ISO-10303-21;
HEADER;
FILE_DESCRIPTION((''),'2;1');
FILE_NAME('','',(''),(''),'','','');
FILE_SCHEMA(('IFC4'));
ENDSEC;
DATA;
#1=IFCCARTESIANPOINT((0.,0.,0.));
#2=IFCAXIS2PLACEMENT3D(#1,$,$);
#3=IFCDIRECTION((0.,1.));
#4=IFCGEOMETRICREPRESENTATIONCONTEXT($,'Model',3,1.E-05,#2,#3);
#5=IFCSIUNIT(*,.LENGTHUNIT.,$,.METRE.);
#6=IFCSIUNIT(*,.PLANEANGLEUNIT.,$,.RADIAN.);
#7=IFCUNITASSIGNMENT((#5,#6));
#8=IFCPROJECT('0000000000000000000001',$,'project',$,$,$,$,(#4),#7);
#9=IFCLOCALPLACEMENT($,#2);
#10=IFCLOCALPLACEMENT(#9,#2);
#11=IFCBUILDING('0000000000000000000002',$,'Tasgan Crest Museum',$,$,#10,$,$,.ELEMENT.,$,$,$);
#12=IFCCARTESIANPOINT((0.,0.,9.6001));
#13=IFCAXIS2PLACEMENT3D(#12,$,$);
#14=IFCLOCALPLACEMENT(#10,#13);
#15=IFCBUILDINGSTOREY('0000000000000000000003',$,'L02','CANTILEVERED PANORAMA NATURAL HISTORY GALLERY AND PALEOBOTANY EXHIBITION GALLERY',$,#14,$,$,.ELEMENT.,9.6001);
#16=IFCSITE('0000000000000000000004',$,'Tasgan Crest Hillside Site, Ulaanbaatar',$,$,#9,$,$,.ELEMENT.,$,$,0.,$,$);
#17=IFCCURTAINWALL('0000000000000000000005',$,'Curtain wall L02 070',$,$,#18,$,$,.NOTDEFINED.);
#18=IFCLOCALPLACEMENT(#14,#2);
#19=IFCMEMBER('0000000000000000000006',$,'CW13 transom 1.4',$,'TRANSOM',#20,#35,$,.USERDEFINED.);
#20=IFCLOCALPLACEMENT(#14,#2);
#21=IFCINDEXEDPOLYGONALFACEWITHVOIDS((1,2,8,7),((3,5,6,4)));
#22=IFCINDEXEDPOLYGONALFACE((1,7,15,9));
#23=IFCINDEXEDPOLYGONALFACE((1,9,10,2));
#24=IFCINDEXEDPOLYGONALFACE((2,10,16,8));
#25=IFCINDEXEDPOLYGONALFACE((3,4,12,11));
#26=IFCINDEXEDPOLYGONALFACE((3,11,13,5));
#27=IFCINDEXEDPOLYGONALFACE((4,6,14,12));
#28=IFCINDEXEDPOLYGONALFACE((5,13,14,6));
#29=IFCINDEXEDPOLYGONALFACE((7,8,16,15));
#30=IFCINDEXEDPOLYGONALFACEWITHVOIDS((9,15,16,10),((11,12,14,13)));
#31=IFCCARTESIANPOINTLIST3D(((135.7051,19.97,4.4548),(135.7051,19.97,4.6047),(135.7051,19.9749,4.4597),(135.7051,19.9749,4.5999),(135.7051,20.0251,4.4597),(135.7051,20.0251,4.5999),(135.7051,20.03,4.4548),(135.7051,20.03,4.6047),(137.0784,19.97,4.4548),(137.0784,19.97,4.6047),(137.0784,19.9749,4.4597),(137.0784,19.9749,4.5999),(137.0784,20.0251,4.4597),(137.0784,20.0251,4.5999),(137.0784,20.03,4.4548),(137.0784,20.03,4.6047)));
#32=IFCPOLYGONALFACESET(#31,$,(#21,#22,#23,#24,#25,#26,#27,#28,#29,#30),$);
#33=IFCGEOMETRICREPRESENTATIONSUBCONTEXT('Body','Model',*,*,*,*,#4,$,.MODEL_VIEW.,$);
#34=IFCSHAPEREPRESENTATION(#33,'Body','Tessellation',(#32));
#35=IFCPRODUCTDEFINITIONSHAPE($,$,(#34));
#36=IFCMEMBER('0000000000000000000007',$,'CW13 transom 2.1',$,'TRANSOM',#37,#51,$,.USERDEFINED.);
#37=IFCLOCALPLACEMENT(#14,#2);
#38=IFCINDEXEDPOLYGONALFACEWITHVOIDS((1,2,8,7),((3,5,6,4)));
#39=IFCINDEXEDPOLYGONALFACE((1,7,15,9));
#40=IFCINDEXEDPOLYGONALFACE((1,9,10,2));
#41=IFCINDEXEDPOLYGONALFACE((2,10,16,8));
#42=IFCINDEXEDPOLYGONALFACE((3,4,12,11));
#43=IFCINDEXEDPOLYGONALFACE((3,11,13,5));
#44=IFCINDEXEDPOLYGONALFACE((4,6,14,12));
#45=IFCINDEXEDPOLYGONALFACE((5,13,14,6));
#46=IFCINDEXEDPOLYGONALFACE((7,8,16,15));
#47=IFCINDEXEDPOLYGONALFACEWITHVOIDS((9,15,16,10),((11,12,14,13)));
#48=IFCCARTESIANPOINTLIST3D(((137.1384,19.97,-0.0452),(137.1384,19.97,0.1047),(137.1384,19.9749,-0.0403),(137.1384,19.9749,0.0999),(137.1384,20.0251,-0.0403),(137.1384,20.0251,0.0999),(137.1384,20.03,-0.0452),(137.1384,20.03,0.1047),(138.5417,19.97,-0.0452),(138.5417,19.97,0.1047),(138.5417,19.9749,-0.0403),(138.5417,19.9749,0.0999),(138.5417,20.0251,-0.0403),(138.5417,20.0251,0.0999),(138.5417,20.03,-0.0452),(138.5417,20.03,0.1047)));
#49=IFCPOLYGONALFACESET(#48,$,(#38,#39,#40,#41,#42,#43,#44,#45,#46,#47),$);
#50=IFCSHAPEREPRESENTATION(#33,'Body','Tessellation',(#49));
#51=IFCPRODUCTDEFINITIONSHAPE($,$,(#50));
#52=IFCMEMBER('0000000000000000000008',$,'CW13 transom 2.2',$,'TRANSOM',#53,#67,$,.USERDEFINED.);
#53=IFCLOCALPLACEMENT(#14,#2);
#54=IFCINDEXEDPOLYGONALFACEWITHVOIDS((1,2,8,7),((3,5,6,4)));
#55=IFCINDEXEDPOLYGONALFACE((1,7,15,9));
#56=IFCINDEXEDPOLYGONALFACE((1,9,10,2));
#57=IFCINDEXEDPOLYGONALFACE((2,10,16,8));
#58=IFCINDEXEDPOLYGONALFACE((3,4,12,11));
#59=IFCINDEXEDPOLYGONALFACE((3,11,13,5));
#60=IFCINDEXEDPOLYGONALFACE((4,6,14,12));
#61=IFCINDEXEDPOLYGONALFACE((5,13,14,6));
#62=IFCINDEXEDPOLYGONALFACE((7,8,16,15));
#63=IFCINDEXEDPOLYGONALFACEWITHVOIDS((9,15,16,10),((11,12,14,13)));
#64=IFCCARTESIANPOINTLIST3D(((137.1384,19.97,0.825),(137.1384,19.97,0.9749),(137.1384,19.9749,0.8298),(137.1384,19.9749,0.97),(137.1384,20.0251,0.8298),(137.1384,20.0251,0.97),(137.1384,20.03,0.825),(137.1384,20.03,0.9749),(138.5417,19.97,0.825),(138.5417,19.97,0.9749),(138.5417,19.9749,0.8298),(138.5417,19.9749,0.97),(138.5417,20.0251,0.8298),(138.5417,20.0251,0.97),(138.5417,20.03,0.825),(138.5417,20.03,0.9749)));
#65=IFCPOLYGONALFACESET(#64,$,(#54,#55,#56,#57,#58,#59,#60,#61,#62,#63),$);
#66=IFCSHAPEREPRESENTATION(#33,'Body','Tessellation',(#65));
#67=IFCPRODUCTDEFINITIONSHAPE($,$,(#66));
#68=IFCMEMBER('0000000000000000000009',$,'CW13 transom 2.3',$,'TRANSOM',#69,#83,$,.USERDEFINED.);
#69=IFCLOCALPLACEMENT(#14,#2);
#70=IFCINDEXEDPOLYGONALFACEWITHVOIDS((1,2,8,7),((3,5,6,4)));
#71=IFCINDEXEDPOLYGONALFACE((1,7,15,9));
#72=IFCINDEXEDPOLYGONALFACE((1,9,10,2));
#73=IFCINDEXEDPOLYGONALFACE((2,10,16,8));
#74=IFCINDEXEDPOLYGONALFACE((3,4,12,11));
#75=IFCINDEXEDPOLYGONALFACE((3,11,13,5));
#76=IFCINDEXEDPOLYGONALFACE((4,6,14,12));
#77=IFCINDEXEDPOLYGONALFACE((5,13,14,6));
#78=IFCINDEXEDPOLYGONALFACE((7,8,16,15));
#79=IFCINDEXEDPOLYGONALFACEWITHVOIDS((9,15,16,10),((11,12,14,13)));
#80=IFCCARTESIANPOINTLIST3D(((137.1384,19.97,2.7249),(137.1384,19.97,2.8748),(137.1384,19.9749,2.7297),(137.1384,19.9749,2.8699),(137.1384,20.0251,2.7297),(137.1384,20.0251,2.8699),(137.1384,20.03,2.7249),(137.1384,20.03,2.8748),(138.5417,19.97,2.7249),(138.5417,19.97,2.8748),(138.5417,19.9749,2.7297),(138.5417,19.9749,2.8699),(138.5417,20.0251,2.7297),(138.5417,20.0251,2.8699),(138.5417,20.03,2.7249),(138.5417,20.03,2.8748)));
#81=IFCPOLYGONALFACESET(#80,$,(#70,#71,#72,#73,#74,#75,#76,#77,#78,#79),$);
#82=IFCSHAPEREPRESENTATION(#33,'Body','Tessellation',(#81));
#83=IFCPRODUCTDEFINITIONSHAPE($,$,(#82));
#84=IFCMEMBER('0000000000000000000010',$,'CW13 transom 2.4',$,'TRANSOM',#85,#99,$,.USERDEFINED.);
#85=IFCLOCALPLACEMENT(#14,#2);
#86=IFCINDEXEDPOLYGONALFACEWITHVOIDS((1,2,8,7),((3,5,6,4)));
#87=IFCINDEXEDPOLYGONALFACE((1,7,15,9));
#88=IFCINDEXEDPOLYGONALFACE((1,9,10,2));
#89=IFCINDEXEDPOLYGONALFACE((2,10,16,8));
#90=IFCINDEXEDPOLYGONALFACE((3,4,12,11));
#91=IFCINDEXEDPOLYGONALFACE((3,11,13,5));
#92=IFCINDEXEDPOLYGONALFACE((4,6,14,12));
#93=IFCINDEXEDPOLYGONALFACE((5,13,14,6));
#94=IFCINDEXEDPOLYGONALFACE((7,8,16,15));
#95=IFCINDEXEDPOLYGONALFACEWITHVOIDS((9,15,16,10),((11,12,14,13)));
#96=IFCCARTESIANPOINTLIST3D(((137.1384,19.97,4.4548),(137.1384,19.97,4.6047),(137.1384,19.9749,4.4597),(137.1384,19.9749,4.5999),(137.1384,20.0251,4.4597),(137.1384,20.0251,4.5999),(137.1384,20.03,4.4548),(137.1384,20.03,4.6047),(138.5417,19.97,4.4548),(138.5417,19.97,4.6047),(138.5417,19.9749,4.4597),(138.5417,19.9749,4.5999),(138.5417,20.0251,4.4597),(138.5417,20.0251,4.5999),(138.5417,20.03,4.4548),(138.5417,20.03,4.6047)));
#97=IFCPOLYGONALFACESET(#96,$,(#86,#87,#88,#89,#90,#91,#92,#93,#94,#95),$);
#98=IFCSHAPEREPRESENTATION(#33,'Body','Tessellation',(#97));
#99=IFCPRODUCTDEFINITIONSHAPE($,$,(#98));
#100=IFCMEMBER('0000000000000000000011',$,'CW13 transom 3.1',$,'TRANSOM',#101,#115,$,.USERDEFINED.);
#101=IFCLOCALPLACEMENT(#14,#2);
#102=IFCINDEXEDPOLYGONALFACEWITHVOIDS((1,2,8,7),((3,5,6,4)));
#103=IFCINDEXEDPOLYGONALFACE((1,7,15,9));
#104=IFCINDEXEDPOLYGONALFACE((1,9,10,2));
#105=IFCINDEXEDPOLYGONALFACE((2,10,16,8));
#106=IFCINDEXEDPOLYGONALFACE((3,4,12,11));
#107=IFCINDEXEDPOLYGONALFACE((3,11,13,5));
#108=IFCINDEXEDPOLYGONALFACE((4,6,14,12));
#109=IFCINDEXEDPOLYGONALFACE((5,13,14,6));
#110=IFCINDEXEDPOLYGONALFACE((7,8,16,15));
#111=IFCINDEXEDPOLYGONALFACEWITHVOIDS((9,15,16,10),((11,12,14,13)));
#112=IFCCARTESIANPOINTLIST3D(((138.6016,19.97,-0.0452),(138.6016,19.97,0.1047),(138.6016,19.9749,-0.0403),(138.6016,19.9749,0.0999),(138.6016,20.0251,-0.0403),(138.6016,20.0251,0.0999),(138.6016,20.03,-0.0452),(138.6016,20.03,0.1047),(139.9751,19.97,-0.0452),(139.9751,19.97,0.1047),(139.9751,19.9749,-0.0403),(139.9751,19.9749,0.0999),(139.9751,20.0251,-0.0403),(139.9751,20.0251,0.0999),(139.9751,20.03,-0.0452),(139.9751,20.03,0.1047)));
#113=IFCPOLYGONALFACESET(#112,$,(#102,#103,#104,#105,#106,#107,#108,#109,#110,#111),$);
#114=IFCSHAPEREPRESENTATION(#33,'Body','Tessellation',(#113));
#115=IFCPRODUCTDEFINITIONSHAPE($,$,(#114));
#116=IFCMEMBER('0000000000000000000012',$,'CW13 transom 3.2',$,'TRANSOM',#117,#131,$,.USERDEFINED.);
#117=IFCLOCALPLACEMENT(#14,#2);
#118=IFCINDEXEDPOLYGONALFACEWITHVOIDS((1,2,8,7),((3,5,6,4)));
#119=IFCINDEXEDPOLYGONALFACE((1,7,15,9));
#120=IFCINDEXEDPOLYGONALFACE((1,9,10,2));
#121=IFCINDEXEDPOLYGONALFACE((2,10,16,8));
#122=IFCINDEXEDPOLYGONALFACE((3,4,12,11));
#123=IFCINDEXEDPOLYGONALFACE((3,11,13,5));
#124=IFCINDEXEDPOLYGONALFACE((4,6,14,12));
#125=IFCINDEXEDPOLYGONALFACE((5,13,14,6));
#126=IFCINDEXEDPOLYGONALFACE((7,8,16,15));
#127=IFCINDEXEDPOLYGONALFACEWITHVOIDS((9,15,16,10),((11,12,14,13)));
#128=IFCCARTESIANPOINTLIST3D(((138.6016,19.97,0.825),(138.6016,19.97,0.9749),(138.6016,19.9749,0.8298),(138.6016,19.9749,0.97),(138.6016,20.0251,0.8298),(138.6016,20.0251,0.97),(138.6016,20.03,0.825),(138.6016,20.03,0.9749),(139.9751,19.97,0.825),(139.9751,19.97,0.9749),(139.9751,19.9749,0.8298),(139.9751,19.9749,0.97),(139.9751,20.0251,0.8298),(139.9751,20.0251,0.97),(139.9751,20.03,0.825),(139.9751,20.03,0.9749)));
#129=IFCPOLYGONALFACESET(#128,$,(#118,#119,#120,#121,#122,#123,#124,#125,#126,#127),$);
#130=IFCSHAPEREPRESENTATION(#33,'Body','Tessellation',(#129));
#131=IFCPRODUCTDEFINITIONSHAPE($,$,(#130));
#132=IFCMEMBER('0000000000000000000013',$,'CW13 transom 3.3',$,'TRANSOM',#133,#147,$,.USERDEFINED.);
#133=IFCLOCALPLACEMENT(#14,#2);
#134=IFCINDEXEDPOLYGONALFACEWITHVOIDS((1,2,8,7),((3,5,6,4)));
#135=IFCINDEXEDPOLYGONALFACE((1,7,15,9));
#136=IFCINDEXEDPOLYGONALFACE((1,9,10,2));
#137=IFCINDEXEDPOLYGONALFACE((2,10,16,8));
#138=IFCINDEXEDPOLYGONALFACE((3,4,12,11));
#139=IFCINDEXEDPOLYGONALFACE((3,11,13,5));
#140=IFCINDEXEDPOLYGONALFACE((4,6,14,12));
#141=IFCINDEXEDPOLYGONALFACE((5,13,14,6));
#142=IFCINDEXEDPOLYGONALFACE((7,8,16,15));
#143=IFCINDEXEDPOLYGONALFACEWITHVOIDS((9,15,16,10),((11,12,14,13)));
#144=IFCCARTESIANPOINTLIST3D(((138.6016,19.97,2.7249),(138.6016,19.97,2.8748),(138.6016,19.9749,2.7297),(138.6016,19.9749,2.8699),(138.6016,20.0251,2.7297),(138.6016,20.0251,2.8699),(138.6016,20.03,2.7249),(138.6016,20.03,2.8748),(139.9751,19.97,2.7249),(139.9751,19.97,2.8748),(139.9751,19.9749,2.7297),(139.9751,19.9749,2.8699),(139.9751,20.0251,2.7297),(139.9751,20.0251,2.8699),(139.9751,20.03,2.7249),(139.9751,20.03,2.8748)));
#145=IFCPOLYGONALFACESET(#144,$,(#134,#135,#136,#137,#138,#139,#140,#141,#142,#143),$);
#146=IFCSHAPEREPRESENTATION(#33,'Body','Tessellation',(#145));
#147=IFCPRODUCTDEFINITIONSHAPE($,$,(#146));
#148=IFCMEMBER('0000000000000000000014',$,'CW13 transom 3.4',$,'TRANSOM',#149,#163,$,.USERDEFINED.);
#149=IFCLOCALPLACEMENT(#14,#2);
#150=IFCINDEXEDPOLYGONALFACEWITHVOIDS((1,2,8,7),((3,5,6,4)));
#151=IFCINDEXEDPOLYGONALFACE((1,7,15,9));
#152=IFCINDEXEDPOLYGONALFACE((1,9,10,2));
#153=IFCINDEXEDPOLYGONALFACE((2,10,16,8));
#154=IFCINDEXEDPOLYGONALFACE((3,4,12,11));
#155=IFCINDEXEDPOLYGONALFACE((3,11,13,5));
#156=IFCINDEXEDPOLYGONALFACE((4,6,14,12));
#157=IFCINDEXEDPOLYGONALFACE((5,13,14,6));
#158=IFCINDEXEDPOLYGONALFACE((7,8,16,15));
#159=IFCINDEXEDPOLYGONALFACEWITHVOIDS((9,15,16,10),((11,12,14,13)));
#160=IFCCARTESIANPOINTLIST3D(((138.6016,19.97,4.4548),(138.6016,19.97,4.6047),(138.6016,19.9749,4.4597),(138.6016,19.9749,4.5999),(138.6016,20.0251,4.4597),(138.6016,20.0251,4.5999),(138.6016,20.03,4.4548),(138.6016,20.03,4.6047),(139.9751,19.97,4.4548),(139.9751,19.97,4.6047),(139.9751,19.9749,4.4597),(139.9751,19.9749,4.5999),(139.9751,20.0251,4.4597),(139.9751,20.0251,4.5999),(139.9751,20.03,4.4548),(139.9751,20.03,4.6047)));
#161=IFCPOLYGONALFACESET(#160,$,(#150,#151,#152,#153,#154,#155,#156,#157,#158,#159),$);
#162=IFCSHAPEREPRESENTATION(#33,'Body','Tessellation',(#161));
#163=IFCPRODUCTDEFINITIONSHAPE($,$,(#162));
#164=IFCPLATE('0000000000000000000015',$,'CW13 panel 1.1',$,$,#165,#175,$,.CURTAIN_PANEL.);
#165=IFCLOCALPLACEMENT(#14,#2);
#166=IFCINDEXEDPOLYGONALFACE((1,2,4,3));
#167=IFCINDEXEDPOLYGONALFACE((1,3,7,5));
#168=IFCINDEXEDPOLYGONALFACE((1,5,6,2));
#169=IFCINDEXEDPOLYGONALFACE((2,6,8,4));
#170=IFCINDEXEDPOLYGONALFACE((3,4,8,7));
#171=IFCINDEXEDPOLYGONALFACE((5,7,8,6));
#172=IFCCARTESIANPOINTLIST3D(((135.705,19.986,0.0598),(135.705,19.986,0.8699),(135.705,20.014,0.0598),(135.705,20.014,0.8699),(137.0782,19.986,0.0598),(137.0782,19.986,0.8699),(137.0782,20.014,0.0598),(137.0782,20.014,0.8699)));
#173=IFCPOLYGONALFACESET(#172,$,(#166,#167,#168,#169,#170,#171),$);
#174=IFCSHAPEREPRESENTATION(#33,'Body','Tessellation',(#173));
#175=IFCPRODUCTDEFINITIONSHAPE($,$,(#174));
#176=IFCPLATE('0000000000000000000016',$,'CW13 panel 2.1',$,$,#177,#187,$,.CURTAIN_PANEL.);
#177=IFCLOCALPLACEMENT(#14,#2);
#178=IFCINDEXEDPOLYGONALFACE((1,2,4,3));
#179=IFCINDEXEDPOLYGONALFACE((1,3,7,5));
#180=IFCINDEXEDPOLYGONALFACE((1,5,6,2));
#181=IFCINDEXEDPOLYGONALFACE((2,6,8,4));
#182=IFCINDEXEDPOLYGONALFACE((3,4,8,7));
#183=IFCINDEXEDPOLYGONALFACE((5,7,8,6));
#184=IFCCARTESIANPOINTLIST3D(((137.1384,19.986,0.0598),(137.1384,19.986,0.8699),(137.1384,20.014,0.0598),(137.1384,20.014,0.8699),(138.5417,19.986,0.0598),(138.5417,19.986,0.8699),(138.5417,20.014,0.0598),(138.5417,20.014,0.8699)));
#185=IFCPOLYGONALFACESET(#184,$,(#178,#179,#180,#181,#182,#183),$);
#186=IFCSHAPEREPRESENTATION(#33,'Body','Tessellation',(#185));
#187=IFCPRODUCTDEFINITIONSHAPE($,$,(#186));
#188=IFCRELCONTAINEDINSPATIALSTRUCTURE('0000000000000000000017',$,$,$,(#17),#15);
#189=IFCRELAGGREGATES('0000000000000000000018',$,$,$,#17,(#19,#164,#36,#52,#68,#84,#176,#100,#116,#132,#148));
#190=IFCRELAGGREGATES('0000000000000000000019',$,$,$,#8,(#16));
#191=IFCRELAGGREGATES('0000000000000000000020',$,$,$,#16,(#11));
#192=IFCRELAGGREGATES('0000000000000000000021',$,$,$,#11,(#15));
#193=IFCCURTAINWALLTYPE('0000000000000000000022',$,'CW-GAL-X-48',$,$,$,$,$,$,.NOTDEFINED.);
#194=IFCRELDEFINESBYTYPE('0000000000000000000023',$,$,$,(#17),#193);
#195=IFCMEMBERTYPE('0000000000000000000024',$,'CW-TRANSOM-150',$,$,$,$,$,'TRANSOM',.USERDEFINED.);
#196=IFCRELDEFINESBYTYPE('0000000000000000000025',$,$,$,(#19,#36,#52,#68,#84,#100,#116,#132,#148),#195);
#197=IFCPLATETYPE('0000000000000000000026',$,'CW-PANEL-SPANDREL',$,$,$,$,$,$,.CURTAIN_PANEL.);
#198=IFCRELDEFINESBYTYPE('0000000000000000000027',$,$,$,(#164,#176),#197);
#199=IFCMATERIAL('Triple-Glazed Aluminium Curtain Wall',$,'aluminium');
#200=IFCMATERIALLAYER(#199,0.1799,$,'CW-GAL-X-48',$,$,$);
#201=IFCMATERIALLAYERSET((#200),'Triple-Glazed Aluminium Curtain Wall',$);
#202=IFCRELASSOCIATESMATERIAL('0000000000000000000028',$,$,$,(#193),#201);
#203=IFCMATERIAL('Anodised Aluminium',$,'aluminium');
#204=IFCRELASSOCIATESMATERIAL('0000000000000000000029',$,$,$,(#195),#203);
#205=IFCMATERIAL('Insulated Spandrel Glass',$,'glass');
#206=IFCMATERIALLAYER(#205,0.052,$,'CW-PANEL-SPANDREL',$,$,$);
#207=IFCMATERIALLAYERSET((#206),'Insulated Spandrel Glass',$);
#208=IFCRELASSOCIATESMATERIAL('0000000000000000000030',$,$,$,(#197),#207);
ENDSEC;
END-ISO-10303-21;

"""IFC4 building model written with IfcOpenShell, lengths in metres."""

from ifc_helpers import new_model, si_unit, direction, frame, origin, origin_2d, place, context, subcontext, project, spatial, rectangle, hollow_rectangle, extrude, material, layer, layer_set, material_profile, profile_set, type_object, element, aggregate, save


model = new_model("IFC4")

# Units and contexts
model_context = context("Model", 3, precision=1e-05, world=origin(), true_north=direction((0.0, 1.0)))
body_context = subcontext(model_context, "Body", "Model", "MODEL_VIEW")
ifc_project = project(units=[si_unit("LENGTHUNIT", "METRE"), si_unit("PLANEANGLEUNIT", "RADIAN")], contexts=[model_context])

# Site, building, storey
site_placement = place(None, origin())
site = spatial("IfcSite", under=ifc_project, at=site_placement, Name="Tasgan Crest Hillside Site, Ulaanbaatar", CompositionType="ELEMENT", RefElevation=0.0)
building_placement = place(site_placement, origin())
building = spatial("IfcBuilding", under=site, at=building_placement, Name="Tasgan Crest Museum", CompositionType="ELEMENT")
storey_placement = place(building_placement, frame((0.0, 0.0, 9.6001)))
storey = spatial("IfcBuildingStorey", under=building, at=storey_placement, Name="L02", Description="CANTILEVERED PANORAMA NATURAL HISTORY GALLERY AND PALEOBOTANY EXHIBITION GALLERY", CompositionType="ELEMENT", Elevation=9.6001)

# Shared definitions
ifc_material_1 = material(Name="Triple-Glazed Aluminium Curtain Wall", Category="aluminium")
ifc_layer_1 = layer(ifc_material_1, 0.1799, Name="CW-GAL-X-48")
ifc_layer_set_1 = layer_set([ifc_layer_1], Name="Triple-Glazed Aluminium Curtain Wall")
curtain_wall_type = type_object("IfcCurtainWallType", Name="CW-GAL-X-48", PredefinedType="NOTDEFINED", material=ifc_layer_set_1)

# Curtain wall, members, plates
curtain_wall_1_placement = place(storey_placement, origin())
curtain_wall_1 = element("IfcCurtainWall", 1, at=curtain_wall_1_placement, inside=storey, type_object=curtain_wall_type, Name="Curtain wall L02 070", PredefinedType="NOTDEFINED")
ifc_material_2 = material(Name="Anodised Aluminium", Category="aluminium")
ifc_material_profile_1 = material_profile(ifc_material_2, hollow_rectangle(XDim=0.0601, YDim=0.1499, WallThickness=0.0049, at=origin_2d()), Name="ALU TRANSOM 150x60x5")
ifc_profile_set_1 = profile_set([ifc_material_profile_1], Name="Anodised Aluminium")
member_type_1 = type_object("IfcMemberType", Name="CW-TRANSOM-150", ElementType="TRANSOM", PredefinedType="USERDEFINED", material=ifc_profile_set_1)
member_1_placement = place(storey_placement, frame((135.7051, 20.0, 4.5298), z_axis=(1.0, 0.0, 0.0), x_axis=(0.0, 1.0, 0.0)))
member_1 = element("IfcMember", 2, at=member_1_placement, type_object=member_type_1, Name="CW13 transom 1.4", ObjectType="TRANSOM", PredefinedType="USERDEFINED", context=body_context, shape_type="SweptSolid", body=[
    extrude(hollow_rectangle(XDim=0.0601, YDim=0.1499, WallThickness=0.0049, at=origin_2d()), origin(), (0.0, 0.0, 1.0), 1.3733),
])
member_2_placement = place(storey_placement, frame((137.1384, 20.0, 0.0298), z_axis=(1.0, 0.0, 0.0), x_axis=(0.0, 1.0, 0.0)))
member_2 = element("IfcMember", 3, at=member_2_placement, type_object=member_type_1, Name="CW13 transom 2.1", ObjectType="TRANSOM", PredefinedType="USERDEFINED", context=body_context, shape_type="SweptSolid", body=[
    extrude(hollow_rectangle(XDim=0.0601, YDim=0.1499, WallThickness=0.0049, at=origin_2d()), origin(), (0.0, 0.0, 1.0), 1.4033),
])
member_3_placement = place(storey_placement, frame((137.1384, 20.0, 0.8999), z_axis=(1.0, 0.0, 0.0), x_axis=(0.0, 1.0, 0.0)))
member_3 = element("IfcMember", 4, at=member_3_placement, type_object=member_type_1, Name="CW13 transom 2.2", ObjectType="TRANSOM", PredefinedType="USERDEFINED", context=body_context, shape_type="SweptSolid", body=[
    extrude(hollow_rectangle(XDim=0.0601, YDim=0.1499, WallThickness=0.0049, at=origin_2d()), origin(), (0.0, 0.0, 1.0), 1.4033),
])
member_4_placement = place(storey_placement, frame((137.1384, 20.0, 2.7998), z_axis=(1.0, 0.0, 0.0), x_axis=(0.0, 1.0, 0.0)))
member_4 = element("IfcMember", 5, at=member_4_placement, type_object=member_type_1, Name="CW13 transom 2.3", ObjectType="TRANSOM", PredefinedType="USERDEFINED", context=body_context, shape_type="SweptSolid", body=[
    extrude(hollow_rectangle(XDim=0.0601, YDim=0.1499, WallThickness=0.0049, at=origin_2d()), origin(), (0.0, 0.0, 1.0), 1.4033),
])
member_5_placement = place(storey_placement, frame((137.1384, 20.0, 4.5298), z_axis=(1.0, 0.0, 0.0), x_axis=(0.0, 1.0, 0.0)))
member_5 = element("IfcMember", 6, at=member_5_placement, type_object=member_type_1, Name="CW13 transom 2.4", ObjectType="TRANSOM", PredefinedType="USERDEFINED", context=body_context, shape_type="SweptSolid", body=[
    extrude(hollow_rectangle(XDim=0.0601, YDim=0.1499, WallThickness=0.0049, at=origin_2d()), origin(), (0.0, 0.0, 1.0), 1.4033),
])
member_6_placement = place(storey_placement, frame((138.6016, 20.0, 0.0298), z_axis=(1.0, 0.0, 0.0), x_axis=(0.0, 1.0, 0.0)))
member_6 = element("IfcMember", 7, at=member_6_placement, type_object=member_type_1, Name="CW13 transom 3.1", ObjectType="TRANSOM", PredefinedType="USERDEFINED", context=body_context, shape_type="SweptSolid", body=[
    extrude(hollow_rectangle(XDim=0.0601, YDim=0.1499, WallThickness=0.0049, at=origin_2d()), origin(), (0.0, 0.0, 1.0), 1.3735),
])
member_7_placement = place(storey_placement, frame((138.6016, 20.0, 0.8999), z_axis=(1.0, 0.0, 0.0), x_axis=(0.0, 1.0, 0.0)))
member_7 = element("IfcMember", 8, at=member_7_placement, type_object=member_type_1, Name="CW13 transom 3.2", ObjectType="TRANSOM", PredefinedType="USERDEFINED", context=body_context, shape_type="SweptSolid", body=[
    extrude(hollow_rectangle(XDim=0.0601, YDim=0.1499, WallThickness=0.0049, at=origin_2d()), origin(), (0.0, 0.0, 1.0), 1.3735),
])
member_8_placement = place(storey_placement, frame((138.6016, 20.0, 2.7998), z_axis=(1.0, 0.0, 0.0), x_axis=(0.0, 1.0, 0.0)))
member_8 = element("IfcMember", 9, at=member_8_placement, type_object=member_type_1, Name="CW13 transom 3.3", ObjectType="TRANSOM", PredefinedType="USERDEFINED", context=body_context, shape_type="SweptSolid", body=[
    extrude(hollow_rectangle(XDim=0.0601, YDim=0.1499, WallThickness=0.0049, at=origin_2d()), origin(), (0.0, 0.0, 1.0), 1.3735),
])
member_9_placement = place(storey_placement, frame((138.6016, 20.0, 4.5298), z_axis=(1.0, 0.0, 0.0), x_axis=(0.0, 1.0, 0.0)))
member_9 = element("IfcMember", 10, at=member_9_placement, type_object=member_type_1, Name="CW13 transom 3.4", ObjectType="TRANSOM", PredefinedType="USERDEFINED", context=body_context, shape_type="SweptSolid", body=[
    extrude(hollow_rectangle(XDim=0.0601, YDim=0.1499, WallThickness=0.0049, at=origin_2d()), origin(), (0.0, 0.0, 1.0), 1.3735),
])
ifc_material_3 = material(Name="Insulated Spandrel Glass", Category="glass")
ifc_layer_2 = layer(ifc_material_3, 0.052, Name="CW-PANEL-SPANDREL")
ifc_layer_set_2 = layer_set([ifc_layer_2], Name="Insulated Spandrel Glass")
plate_type_1 = type_object("IfcPlateType", Name="CW-PANEL-SPANDREL", PredefinedType="CURTAIN_PANEL", material=ifc_layer_set_2)
plate_1_placement = place(storey_placement, frame((136.3916, 20.0, 0.0598), z_axis=(0.0, 0.0, 1.0), x_axis=(1.0, 0.0, 0.0)))
plate_1 = element("IfcPlate", 11, at=plate_1_placement, type_object=plate_type_1, Name="CW13 panel 1.1", PredefinedType="CURTAIN_PANEL", context=body_context, shape_type="SweptSolid", body=[
    extrude(rectangle(XDim=1.3733, YDim=0.0281, at=origin_2d()), origin(), (0.0, 0.0, 1.0), 0.8101),
])
plate_2_placement = place(storey_placement, frame((137.8401, 20.0, 0.0598), z_axis=(0.0, 0.0, 1.0), x_axis=(1.0, 0.0, 0.0)))
plate_2 = element("IfcPlate", 12, at=plate_2_placement, type_object=plate_type_1, Name="CW13 panel 2.1", PredefinedType="CURTAIN_PANEL", context=body_context, shape_type="SweptSolid", body=[
    extrude(rectangle(XDim=1.4033, YDim=0.0281, at=origin_2d()), origin(), (0.0, 0.0, 1.0), 0.8101),
])
aggregate(curtain_wall_1, [member_1, plate_1, member_2, member_3, member_4, member_5, plate_2, member_6, member_7, member_8, member_9])

save(model, "model.ifc")
